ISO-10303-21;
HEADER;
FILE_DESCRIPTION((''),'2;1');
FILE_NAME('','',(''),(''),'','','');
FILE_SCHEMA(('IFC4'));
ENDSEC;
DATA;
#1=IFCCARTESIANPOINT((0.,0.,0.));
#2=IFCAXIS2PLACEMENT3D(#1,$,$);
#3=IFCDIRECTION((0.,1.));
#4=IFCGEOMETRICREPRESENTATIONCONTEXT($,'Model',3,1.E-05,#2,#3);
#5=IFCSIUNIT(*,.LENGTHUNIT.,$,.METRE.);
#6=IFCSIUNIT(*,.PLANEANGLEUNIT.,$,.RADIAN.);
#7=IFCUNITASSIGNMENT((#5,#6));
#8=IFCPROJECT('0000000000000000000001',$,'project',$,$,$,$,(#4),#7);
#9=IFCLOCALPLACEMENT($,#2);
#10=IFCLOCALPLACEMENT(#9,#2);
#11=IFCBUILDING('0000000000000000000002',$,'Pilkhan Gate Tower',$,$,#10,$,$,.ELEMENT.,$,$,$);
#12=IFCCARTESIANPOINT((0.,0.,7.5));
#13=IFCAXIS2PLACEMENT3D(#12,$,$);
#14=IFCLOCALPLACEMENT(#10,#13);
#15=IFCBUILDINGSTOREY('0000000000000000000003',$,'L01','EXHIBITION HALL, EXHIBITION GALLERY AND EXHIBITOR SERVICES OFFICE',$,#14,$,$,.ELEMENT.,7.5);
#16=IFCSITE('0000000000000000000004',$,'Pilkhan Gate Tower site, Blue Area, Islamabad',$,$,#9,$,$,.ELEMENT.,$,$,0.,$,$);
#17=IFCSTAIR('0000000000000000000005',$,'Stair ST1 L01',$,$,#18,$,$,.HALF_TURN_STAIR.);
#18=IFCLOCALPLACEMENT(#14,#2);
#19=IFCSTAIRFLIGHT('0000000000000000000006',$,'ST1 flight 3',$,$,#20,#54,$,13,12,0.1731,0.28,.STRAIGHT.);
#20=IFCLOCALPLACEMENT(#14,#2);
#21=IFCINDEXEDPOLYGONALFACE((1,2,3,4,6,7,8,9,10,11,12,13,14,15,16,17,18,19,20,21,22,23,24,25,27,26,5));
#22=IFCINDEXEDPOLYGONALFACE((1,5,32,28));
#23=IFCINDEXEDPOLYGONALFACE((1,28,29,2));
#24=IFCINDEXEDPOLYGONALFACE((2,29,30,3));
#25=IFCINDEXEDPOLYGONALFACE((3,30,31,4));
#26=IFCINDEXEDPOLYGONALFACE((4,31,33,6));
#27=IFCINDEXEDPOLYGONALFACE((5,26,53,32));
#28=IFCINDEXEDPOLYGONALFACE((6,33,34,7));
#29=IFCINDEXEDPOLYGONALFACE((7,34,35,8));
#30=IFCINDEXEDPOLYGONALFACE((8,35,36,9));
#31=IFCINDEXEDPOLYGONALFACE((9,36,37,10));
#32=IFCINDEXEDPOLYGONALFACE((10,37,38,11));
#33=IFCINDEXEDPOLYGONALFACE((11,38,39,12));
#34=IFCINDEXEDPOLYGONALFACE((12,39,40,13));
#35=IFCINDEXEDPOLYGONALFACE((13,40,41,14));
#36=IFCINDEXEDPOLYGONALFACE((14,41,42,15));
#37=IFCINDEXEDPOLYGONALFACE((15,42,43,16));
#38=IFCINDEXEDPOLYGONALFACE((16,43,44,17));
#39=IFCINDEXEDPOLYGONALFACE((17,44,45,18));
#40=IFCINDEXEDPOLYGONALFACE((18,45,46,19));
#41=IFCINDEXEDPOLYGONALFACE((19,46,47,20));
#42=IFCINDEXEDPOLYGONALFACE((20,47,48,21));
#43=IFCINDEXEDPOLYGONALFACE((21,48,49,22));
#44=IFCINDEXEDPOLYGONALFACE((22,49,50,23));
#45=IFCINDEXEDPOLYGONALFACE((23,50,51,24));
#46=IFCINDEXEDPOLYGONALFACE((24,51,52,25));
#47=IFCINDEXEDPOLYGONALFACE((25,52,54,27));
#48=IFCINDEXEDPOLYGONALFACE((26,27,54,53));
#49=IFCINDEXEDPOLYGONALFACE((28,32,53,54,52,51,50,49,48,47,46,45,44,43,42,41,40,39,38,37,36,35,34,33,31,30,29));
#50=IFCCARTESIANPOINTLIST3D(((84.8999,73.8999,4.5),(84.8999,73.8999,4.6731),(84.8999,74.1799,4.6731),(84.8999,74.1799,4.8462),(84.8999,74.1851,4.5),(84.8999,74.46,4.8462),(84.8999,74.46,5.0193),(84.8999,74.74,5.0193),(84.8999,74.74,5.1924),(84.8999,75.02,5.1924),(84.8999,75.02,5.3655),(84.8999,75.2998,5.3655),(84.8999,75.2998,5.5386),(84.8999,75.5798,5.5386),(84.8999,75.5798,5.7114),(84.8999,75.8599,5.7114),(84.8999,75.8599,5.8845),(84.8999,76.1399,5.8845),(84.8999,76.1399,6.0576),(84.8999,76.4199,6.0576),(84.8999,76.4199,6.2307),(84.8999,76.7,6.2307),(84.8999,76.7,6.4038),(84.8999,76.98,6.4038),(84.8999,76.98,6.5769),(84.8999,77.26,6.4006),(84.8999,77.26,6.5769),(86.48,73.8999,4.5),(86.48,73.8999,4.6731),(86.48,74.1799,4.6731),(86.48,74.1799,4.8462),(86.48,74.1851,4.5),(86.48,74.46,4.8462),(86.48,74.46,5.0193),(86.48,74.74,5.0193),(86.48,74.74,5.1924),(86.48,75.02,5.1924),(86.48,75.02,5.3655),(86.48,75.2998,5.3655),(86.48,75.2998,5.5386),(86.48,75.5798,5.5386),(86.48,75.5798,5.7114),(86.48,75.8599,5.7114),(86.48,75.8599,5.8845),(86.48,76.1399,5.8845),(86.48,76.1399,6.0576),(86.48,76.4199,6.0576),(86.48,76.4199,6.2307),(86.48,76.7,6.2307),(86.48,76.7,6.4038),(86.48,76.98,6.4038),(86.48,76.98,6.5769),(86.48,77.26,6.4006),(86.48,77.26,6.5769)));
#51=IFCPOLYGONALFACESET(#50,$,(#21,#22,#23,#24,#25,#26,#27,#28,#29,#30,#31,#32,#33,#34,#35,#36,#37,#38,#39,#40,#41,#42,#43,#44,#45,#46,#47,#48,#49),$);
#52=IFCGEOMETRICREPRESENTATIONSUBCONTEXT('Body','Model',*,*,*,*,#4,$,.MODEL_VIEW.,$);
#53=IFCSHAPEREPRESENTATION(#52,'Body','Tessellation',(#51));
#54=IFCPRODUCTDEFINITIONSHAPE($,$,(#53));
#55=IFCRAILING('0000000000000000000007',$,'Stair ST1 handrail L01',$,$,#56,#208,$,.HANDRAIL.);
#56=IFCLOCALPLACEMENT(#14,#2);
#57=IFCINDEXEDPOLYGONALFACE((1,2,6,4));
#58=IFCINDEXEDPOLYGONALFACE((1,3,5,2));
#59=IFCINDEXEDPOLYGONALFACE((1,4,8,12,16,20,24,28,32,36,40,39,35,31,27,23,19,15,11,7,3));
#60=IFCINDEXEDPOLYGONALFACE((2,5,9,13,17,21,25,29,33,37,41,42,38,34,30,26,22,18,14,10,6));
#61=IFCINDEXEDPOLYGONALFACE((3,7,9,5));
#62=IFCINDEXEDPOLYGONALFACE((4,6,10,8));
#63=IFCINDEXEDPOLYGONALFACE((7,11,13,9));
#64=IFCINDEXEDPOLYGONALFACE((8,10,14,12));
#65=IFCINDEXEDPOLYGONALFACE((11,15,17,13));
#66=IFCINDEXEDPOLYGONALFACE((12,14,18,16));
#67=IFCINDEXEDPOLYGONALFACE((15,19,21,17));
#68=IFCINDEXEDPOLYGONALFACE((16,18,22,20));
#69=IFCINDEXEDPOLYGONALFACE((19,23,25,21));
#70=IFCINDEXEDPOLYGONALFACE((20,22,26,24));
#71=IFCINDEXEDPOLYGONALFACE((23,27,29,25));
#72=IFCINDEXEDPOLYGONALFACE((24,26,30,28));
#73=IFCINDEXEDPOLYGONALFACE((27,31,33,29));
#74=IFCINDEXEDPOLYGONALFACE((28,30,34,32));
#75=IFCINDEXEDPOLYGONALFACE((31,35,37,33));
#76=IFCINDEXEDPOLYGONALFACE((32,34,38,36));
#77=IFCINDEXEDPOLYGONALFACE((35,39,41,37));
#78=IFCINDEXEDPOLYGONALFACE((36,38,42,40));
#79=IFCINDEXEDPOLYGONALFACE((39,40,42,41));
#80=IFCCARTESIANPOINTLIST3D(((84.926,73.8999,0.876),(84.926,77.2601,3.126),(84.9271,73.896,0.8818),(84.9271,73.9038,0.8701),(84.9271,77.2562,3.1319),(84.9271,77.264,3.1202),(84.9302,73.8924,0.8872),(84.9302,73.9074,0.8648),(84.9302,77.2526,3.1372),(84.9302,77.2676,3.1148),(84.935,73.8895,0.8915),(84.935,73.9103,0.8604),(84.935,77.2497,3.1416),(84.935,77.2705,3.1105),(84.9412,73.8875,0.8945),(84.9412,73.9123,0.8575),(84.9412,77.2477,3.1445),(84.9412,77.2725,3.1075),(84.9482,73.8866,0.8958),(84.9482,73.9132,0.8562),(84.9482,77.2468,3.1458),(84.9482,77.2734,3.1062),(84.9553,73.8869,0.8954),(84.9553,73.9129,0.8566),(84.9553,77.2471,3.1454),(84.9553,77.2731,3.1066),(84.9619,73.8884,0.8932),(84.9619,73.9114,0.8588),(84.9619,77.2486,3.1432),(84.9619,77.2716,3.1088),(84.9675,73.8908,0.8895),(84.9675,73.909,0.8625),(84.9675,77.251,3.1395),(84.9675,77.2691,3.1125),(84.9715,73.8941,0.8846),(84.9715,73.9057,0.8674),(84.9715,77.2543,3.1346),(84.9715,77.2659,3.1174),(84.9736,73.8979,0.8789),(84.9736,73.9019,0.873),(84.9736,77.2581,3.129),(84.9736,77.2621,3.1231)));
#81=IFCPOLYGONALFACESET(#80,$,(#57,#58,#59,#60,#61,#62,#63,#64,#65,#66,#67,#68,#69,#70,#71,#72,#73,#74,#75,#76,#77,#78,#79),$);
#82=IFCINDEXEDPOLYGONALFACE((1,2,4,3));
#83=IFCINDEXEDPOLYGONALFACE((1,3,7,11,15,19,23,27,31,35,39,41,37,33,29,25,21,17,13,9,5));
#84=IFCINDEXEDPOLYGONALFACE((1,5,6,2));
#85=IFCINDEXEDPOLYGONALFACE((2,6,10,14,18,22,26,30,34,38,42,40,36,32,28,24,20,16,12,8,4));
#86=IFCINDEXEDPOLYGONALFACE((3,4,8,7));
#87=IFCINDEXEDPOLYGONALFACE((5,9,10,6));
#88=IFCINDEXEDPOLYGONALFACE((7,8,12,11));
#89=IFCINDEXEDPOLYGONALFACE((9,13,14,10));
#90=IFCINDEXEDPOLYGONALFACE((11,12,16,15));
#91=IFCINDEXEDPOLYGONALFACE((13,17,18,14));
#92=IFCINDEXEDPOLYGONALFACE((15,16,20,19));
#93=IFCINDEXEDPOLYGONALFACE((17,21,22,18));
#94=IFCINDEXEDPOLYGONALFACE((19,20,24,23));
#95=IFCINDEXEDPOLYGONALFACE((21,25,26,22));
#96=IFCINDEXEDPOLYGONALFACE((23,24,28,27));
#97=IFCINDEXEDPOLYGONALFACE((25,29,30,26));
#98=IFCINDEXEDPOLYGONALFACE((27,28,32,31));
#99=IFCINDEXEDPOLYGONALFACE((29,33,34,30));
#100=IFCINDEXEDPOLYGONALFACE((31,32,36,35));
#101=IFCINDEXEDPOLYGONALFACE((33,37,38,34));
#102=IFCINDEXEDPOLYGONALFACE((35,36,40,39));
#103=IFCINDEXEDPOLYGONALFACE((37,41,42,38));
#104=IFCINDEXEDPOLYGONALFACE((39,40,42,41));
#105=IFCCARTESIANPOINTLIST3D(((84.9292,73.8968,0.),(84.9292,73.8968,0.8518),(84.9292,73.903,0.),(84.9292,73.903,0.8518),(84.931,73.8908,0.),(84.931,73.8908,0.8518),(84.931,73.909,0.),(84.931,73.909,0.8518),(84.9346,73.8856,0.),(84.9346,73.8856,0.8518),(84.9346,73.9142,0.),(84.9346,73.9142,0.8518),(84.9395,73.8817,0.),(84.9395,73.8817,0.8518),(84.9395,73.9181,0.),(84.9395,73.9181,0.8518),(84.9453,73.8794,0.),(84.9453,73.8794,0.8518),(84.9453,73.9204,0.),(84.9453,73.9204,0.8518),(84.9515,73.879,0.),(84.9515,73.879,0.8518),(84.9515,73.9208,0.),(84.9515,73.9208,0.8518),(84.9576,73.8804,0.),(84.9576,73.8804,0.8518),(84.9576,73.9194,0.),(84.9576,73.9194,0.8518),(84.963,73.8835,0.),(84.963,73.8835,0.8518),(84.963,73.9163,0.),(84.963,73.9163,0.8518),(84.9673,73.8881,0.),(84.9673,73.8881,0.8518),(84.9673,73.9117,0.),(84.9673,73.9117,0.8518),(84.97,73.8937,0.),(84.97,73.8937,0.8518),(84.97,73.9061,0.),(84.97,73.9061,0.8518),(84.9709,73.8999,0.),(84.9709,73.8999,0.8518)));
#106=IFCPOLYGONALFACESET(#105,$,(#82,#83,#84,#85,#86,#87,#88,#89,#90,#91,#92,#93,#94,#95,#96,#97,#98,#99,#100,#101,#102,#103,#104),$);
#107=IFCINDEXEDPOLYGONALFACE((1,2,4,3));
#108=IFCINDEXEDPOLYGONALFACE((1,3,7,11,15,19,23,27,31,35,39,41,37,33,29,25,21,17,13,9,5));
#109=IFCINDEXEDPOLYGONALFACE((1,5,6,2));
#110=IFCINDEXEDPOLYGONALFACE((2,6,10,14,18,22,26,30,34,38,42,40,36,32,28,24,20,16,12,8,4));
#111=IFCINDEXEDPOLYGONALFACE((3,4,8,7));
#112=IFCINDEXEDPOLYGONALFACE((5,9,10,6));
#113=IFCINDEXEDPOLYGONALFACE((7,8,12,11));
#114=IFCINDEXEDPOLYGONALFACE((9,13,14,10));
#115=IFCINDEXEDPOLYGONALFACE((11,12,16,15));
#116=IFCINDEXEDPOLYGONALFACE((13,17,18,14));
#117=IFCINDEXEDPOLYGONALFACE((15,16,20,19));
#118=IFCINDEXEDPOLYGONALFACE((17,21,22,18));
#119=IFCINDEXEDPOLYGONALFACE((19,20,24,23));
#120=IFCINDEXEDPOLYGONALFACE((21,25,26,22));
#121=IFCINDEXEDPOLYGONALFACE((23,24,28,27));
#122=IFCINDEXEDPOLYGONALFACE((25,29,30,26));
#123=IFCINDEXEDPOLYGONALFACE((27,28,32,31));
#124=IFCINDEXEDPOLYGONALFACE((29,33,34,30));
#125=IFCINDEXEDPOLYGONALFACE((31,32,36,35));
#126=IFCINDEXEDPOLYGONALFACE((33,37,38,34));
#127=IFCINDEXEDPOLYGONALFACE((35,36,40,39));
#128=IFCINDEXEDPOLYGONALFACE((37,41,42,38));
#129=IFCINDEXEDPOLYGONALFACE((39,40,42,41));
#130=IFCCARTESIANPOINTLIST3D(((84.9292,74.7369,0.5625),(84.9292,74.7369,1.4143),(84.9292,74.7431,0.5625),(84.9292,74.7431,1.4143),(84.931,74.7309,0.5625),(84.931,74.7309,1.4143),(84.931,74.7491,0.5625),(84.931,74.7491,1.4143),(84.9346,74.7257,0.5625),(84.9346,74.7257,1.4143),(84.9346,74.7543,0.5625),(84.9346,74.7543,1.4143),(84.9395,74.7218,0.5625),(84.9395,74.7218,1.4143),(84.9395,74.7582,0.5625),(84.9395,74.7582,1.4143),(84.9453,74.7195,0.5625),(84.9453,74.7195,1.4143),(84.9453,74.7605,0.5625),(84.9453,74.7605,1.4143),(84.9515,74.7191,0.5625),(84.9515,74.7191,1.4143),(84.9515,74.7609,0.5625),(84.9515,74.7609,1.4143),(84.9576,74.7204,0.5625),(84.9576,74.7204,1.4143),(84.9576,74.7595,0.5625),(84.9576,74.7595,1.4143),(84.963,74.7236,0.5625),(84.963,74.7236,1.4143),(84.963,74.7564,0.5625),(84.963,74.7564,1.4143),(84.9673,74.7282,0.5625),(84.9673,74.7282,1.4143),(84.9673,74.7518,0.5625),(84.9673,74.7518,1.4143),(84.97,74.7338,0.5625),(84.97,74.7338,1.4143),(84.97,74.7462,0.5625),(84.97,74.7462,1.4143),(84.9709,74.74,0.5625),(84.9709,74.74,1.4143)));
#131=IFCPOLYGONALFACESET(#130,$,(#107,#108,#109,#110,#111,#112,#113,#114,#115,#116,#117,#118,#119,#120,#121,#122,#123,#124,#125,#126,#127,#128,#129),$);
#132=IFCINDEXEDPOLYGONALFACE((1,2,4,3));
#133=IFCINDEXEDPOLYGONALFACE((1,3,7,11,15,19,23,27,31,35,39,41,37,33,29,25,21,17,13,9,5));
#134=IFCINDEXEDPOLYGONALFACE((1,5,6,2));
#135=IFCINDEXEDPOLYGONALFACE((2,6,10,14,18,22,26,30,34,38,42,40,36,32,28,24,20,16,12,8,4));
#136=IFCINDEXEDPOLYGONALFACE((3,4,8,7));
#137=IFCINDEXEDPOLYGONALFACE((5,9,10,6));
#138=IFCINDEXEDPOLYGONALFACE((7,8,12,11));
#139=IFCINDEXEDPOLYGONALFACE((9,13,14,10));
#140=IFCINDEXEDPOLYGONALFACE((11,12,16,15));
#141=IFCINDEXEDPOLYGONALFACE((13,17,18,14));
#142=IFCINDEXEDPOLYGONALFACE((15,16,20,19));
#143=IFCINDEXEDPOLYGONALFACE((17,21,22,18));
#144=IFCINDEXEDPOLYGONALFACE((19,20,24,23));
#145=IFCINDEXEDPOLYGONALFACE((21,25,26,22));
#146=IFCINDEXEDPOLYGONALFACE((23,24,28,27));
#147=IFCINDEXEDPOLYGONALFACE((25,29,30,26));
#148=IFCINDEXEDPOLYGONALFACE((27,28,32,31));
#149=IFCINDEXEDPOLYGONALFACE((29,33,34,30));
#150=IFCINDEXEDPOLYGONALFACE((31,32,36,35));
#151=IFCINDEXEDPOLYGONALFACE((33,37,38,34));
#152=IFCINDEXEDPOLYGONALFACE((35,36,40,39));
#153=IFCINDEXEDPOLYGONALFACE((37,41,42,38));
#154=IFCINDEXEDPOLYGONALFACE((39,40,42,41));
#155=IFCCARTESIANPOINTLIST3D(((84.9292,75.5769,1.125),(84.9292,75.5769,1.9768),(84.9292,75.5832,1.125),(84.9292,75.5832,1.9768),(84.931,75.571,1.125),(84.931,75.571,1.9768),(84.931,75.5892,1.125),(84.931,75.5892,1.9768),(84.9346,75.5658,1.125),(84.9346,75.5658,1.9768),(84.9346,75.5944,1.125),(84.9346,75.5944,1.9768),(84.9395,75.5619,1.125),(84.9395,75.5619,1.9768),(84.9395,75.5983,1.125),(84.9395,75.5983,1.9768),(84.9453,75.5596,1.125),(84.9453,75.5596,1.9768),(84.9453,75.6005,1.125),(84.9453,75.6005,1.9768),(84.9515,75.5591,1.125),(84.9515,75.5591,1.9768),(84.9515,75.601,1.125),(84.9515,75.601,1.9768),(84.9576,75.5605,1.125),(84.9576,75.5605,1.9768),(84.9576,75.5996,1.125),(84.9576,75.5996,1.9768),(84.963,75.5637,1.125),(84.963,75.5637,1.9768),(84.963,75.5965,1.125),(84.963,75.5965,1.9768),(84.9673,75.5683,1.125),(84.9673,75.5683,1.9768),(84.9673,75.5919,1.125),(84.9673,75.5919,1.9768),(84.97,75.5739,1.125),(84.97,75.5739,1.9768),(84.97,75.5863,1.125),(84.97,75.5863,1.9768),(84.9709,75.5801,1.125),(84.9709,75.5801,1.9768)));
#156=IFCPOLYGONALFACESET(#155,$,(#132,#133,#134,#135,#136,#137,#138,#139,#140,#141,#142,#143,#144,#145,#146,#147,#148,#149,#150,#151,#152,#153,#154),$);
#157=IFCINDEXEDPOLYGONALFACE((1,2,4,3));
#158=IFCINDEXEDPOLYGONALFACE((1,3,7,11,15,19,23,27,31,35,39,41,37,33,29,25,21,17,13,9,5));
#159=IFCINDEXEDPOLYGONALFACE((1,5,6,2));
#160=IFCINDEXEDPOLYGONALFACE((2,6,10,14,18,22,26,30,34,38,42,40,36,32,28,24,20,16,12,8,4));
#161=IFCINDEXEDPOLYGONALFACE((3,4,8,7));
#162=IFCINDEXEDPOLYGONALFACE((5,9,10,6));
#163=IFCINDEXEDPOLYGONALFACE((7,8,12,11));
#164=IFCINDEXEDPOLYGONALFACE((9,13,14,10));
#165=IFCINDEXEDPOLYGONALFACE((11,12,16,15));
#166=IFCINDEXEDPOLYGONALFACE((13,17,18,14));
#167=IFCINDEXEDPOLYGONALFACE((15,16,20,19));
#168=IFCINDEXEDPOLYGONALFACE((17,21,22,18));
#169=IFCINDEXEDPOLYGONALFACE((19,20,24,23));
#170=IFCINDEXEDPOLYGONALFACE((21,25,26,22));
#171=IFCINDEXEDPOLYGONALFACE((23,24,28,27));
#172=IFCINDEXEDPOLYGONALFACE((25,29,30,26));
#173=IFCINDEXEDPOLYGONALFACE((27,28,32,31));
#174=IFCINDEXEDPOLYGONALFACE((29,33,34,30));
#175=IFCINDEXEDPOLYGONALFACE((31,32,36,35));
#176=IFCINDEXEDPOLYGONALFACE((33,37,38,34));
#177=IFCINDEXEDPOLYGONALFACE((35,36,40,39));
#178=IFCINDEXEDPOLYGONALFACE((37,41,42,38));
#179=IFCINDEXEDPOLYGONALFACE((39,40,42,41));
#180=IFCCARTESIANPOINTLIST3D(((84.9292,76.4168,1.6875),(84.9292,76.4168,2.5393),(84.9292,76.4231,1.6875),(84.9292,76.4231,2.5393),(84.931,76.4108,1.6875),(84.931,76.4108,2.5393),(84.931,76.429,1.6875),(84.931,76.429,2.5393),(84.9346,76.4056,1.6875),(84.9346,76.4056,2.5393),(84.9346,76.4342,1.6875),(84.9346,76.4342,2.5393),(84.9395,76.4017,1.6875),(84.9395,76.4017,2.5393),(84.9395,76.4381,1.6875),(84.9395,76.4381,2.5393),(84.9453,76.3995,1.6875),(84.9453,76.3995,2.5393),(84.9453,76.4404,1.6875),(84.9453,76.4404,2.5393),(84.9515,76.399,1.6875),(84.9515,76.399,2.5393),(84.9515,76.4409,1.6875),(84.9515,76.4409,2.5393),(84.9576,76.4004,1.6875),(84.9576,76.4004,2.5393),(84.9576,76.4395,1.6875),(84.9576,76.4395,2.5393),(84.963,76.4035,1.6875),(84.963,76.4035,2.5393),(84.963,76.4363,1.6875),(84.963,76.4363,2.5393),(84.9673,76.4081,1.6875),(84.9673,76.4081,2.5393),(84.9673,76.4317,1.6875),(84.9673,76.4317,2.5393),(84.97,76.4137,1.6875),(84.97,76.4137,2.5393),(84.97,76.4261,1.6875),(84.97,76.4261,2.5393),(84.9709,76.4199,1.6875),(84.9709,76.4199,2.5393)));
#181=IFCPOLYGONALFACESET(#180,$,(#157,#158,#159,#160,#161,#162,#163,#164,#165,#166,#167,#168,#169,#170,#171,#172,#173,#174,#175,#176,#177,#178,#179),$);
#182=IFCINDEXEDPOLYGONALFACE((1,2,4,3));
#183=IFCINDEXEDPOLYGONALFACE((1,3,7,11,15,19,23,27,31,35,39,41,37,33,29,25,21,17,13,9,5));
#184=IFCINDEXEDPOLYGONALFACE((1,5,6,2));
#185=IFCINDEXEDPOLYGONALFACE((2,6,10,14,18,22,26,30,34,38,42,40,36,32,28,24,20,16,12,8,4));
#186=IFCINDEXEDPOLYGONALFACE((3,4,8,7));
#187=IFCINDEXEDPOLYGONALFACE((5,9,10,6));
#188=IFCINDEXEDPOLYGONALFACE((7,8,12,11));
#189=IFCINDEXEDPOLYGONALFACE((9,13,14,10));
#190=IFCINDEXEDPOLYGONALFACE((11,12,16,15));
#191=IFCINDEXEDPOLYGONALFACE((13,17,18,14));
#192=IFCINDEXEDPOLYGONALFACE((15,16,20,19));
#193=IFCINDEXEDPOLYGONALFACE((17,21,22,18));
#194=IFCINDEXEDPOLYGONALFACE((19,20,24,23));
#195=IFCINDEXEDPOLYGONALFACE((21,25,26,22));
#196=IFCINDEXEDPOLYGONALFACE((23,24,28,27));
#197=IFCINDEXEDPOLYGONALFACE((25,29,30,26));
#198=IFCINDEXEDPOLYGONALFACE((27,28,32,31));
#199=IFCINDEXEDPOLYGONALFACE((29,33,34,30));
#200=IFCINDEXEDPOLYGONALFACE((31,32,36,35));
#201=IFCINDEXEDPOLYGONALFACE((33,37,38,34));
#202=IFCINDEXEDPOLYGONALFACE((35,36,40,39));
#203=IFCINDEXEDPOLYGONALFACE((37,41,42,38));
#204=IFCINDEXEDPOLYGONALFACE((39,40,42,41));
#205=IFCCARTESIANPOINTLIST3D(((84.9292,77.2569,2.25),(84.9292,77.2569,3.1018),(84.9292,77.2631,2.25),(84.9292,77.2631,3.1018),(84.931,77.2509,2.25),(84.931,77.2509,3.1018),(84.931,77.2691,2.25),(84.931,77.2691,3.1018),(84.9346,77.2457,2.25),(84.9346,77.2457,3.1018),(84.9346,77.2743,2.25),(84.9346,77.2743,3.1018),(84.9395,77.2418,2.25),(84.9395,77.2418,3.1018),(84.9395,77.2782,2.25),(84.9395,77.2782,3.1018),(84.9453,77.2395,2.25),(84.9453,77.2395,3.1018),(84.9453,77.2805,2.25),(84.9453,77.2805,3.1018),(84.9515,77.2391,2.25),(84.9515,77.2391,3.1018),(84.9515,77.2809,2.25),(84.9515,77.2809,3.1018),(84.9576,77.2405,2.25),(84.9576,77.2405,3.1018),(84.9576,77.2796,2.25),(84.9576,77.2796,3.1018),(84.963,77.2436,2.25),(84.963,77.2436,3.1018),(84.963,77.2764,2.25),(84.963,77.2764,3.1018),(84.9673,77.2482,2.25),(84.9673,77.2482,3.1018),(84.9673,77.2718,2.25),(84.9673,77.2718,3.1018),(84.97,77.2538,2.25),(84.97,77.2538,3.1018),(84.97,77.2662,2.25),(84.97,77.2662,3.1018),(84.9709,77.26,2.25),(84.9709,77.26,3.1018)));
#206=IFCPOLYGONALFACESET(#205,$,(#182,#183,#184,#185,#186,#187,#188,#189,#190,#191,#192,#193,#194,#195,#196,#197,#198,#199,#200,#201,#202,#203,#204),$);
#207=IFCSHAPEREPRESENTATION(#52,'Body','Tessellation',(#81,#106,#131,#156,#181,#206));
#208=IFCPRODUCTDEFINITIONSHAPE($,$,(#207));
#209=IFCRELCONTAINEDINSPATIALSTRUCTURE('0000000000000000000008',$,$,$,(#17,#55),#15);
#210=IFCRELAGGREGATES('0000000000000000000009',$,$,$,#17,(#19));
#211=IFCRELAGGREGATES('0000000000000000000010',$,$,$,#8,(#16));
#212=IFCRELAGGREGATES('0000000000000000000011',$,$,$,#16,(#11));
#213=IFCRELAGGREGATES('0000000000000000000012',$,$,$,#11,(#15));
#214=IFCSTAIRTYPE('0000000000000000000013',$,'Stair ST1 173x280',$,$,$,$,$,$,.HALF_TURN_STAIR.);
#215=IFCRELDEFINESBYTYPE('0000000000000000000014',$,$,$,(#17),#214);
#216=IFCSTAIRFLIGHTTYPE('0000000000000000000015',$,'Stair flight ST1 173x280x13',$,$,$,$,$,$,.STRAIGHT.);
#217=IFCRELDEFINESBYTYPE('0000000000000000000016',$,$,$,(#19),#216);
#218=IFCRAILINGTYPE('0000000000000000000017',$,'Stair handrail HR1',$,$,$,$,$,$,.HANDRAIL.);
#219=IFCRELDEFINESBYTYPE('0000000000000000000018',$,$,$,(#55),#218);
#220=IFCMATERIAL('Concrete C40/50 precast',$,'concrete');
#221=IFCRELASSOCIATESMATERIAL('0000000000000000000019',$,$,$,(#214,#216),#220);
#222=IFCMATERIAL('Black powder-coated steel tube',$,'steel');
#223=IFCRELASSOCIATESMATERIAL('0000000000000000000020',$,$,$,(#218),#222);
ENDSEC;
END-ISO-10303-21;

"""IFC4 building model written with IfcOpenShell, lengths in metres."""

from ifc_helpers import new_model, si_unit, direction, frame, origin, origin_2d, place, context, subcontext, project, spatial, polyline, circle, outline, extrude, material, type_object, element, aggregate, save


model = new_model("IFC4")

# Units and contexts
model_context = context("Model", 3, precision=1e-05, world=origin(), true_north=direction((0.0, 1.0)))
body_context = subcontext(model_context, "Body", "Model", "MODEL_VIEW")
ifc_project = project(units=[si_unit("LENGTHUNIT", "METRE"), si_unit("PLANEANGLEUNIT", "RADIAN")], contexts=[model_context])

# Site, building, storey
site_placement = place(None, origin())
site = spatial("IfcSite", under=ifc_project, at=site_placement, Name="Pilkhan Gate Tower site, Blue Area, Islamabad", CompositionType="ELEMENT", RefElevation=0.0)
building_placement = place(site_placement, origin())
building = spatial("IfcBuilding", under=site, at=building_placement, Name="Pilkhan Gate Tower", CompositionType="ELEMENT")
storey_placement = place(building_placement, frame((0.0, 0.0, 7.5)))
storey = spatial("IfcBuildingStorey", under=building, at=storey_placement, Name="L01", Description="EXHIBITION HALL, EXHIBITION GALLERY AND EXHIBITOR SERVICES OFFICE", CompositionType="ELEMENT", Elevation=7.5)

# Stair, stair flight
ifc_material_1 = material(Name="Concrete C40/50 precast", Category="concrete")
stair_type = type_object("IfcStairType", Name="Stair ST1 173x280", PredefinedType="HALF_TURN_STAIR", material=ifc_material_1)
stair_placement = place(storey_placement, origin())
stair = element("IfcStair", 1, at=stair_placement, inside=storey, type_object=stair_type, Name="Stair ST1 L01", PredefinedType="HALF_TURN_STAIR")
stair_flight_type = type_object("IfcStairFlightType", Name="Stair flight ST1 173x280x13", PredefinedType="STRAIGHT", material=ifc_material_1)
stair_flight_1_placement = place(storey_placement, frame((85.6899, 73.8999, 4.5), z_axis=(0.0, 0.0, 1.0), x_axis=(0.0, 1.0, 0.0)))
stair_flight_1 = element("IfcStairFlight", 2, at=stair_flight_1_placement, type_object=stair_flight_type, Name="ST1 flight 3", NumberOfRisers=13, NumberOfTreads=12, PredefinedType="STRAIGHT", RiserHeight=0.1731, TreadLength=0.28, context=body_context, shape_type="SweptSolid", body=[
    extrude(outline(polyline([(0.0, 0.0), (0.0, 0.1731), (0.28, 0.1731), (0.28, 0.3462), (0.5601, 0.3462), (0.5601, 0.5193), (0.8401, 0.5193), (0.8401, 0.6924), (1.1201, 0.6924), (1.1201, 0.8655), (1.3999, 0.8655), (1.3999, 1.0386), (1.6799, 1.0386), (1.6799, 1.2114), (1.96, 1.2114), (1.96, 1.3845), (2.24, 1.3845), (2.24, 1.5576), (2.52, 1.5576), (2.52, 1.7307), (2.8, 1.7307), (2.8, 1.9038), (3.0801, 1.9038), (3.0801, 2.0769), (3.3601, 2.0769), (3.3601, 2.25), (3.3601, 1.9006), (0.2852, 0.0), (0.0, 0.0)])), frame((0.0, 0.79, 0.0), z_axis=(0.0, -1.0, 0.0), x_axis=(1.0, 0.0, 0.0)), (0.0, 0.0, 1.0), 1.5801),
])
aggregate(stair, [stair_flight_1])

# Railing
ifc_material_2 = material(Name="Black powder-coated steel tube", Category="steel")
railing_type = type_object("IfcRailingType", Name="Stair handrail HR1", PredefinedType="HANDRAIL", material=ifc_material_2)
for number, where, name in (
    (3, (84.95, 73.8999, 0.0), "Stair ST1 handrail L01"),
):
    element("IfcRailing", number, at=place(storey_placement, frame(where)), inside=storey, type_object=railing_type, Name=name, PredefinedType="HANDRAIL", context=body_context, shape_type="SweptSolid", body=[
        extrude(circle(Radius=0.0239, at=origin_2d()), frame((0.0, 0.0, 0.876), z_axis=(0.0, 0.830915, 0.556399), x_axis=(-1.0, 0.0, 0.0)), (0.0, 0.0, 1.0), 4.0439),
        extrude(circle(Radius=0.021, at=origin_2d()), origin(), (0.0, 0.0, 1.0), 0.8518),
        extrude(circle(Radius=0.021, at=origin_2d()), frame((0.0, 0.8401, 0.5625)), (0.0, 0.0, 1.0), 0.8518),
        extrude(circle(Radius=0.021, at=origin_2d()), frame((0.0, 1.6802, 1.125)), (0.0, 0.0, 1.0), 0.8518),
        extrude(circle(Radius=0.021, at=origin_2d()), frame((0.0, 2.52, 1.6875)), (0.0, 0.0, 1.0), 0.8518),
        extrude(circle(Radius=0.021, at=origin_2d()), frame((0.0, 3.3601, 2.25)), (0.0, 0.0, 1.0), 0.8518),
    ])

save(model, "model.ifc")
